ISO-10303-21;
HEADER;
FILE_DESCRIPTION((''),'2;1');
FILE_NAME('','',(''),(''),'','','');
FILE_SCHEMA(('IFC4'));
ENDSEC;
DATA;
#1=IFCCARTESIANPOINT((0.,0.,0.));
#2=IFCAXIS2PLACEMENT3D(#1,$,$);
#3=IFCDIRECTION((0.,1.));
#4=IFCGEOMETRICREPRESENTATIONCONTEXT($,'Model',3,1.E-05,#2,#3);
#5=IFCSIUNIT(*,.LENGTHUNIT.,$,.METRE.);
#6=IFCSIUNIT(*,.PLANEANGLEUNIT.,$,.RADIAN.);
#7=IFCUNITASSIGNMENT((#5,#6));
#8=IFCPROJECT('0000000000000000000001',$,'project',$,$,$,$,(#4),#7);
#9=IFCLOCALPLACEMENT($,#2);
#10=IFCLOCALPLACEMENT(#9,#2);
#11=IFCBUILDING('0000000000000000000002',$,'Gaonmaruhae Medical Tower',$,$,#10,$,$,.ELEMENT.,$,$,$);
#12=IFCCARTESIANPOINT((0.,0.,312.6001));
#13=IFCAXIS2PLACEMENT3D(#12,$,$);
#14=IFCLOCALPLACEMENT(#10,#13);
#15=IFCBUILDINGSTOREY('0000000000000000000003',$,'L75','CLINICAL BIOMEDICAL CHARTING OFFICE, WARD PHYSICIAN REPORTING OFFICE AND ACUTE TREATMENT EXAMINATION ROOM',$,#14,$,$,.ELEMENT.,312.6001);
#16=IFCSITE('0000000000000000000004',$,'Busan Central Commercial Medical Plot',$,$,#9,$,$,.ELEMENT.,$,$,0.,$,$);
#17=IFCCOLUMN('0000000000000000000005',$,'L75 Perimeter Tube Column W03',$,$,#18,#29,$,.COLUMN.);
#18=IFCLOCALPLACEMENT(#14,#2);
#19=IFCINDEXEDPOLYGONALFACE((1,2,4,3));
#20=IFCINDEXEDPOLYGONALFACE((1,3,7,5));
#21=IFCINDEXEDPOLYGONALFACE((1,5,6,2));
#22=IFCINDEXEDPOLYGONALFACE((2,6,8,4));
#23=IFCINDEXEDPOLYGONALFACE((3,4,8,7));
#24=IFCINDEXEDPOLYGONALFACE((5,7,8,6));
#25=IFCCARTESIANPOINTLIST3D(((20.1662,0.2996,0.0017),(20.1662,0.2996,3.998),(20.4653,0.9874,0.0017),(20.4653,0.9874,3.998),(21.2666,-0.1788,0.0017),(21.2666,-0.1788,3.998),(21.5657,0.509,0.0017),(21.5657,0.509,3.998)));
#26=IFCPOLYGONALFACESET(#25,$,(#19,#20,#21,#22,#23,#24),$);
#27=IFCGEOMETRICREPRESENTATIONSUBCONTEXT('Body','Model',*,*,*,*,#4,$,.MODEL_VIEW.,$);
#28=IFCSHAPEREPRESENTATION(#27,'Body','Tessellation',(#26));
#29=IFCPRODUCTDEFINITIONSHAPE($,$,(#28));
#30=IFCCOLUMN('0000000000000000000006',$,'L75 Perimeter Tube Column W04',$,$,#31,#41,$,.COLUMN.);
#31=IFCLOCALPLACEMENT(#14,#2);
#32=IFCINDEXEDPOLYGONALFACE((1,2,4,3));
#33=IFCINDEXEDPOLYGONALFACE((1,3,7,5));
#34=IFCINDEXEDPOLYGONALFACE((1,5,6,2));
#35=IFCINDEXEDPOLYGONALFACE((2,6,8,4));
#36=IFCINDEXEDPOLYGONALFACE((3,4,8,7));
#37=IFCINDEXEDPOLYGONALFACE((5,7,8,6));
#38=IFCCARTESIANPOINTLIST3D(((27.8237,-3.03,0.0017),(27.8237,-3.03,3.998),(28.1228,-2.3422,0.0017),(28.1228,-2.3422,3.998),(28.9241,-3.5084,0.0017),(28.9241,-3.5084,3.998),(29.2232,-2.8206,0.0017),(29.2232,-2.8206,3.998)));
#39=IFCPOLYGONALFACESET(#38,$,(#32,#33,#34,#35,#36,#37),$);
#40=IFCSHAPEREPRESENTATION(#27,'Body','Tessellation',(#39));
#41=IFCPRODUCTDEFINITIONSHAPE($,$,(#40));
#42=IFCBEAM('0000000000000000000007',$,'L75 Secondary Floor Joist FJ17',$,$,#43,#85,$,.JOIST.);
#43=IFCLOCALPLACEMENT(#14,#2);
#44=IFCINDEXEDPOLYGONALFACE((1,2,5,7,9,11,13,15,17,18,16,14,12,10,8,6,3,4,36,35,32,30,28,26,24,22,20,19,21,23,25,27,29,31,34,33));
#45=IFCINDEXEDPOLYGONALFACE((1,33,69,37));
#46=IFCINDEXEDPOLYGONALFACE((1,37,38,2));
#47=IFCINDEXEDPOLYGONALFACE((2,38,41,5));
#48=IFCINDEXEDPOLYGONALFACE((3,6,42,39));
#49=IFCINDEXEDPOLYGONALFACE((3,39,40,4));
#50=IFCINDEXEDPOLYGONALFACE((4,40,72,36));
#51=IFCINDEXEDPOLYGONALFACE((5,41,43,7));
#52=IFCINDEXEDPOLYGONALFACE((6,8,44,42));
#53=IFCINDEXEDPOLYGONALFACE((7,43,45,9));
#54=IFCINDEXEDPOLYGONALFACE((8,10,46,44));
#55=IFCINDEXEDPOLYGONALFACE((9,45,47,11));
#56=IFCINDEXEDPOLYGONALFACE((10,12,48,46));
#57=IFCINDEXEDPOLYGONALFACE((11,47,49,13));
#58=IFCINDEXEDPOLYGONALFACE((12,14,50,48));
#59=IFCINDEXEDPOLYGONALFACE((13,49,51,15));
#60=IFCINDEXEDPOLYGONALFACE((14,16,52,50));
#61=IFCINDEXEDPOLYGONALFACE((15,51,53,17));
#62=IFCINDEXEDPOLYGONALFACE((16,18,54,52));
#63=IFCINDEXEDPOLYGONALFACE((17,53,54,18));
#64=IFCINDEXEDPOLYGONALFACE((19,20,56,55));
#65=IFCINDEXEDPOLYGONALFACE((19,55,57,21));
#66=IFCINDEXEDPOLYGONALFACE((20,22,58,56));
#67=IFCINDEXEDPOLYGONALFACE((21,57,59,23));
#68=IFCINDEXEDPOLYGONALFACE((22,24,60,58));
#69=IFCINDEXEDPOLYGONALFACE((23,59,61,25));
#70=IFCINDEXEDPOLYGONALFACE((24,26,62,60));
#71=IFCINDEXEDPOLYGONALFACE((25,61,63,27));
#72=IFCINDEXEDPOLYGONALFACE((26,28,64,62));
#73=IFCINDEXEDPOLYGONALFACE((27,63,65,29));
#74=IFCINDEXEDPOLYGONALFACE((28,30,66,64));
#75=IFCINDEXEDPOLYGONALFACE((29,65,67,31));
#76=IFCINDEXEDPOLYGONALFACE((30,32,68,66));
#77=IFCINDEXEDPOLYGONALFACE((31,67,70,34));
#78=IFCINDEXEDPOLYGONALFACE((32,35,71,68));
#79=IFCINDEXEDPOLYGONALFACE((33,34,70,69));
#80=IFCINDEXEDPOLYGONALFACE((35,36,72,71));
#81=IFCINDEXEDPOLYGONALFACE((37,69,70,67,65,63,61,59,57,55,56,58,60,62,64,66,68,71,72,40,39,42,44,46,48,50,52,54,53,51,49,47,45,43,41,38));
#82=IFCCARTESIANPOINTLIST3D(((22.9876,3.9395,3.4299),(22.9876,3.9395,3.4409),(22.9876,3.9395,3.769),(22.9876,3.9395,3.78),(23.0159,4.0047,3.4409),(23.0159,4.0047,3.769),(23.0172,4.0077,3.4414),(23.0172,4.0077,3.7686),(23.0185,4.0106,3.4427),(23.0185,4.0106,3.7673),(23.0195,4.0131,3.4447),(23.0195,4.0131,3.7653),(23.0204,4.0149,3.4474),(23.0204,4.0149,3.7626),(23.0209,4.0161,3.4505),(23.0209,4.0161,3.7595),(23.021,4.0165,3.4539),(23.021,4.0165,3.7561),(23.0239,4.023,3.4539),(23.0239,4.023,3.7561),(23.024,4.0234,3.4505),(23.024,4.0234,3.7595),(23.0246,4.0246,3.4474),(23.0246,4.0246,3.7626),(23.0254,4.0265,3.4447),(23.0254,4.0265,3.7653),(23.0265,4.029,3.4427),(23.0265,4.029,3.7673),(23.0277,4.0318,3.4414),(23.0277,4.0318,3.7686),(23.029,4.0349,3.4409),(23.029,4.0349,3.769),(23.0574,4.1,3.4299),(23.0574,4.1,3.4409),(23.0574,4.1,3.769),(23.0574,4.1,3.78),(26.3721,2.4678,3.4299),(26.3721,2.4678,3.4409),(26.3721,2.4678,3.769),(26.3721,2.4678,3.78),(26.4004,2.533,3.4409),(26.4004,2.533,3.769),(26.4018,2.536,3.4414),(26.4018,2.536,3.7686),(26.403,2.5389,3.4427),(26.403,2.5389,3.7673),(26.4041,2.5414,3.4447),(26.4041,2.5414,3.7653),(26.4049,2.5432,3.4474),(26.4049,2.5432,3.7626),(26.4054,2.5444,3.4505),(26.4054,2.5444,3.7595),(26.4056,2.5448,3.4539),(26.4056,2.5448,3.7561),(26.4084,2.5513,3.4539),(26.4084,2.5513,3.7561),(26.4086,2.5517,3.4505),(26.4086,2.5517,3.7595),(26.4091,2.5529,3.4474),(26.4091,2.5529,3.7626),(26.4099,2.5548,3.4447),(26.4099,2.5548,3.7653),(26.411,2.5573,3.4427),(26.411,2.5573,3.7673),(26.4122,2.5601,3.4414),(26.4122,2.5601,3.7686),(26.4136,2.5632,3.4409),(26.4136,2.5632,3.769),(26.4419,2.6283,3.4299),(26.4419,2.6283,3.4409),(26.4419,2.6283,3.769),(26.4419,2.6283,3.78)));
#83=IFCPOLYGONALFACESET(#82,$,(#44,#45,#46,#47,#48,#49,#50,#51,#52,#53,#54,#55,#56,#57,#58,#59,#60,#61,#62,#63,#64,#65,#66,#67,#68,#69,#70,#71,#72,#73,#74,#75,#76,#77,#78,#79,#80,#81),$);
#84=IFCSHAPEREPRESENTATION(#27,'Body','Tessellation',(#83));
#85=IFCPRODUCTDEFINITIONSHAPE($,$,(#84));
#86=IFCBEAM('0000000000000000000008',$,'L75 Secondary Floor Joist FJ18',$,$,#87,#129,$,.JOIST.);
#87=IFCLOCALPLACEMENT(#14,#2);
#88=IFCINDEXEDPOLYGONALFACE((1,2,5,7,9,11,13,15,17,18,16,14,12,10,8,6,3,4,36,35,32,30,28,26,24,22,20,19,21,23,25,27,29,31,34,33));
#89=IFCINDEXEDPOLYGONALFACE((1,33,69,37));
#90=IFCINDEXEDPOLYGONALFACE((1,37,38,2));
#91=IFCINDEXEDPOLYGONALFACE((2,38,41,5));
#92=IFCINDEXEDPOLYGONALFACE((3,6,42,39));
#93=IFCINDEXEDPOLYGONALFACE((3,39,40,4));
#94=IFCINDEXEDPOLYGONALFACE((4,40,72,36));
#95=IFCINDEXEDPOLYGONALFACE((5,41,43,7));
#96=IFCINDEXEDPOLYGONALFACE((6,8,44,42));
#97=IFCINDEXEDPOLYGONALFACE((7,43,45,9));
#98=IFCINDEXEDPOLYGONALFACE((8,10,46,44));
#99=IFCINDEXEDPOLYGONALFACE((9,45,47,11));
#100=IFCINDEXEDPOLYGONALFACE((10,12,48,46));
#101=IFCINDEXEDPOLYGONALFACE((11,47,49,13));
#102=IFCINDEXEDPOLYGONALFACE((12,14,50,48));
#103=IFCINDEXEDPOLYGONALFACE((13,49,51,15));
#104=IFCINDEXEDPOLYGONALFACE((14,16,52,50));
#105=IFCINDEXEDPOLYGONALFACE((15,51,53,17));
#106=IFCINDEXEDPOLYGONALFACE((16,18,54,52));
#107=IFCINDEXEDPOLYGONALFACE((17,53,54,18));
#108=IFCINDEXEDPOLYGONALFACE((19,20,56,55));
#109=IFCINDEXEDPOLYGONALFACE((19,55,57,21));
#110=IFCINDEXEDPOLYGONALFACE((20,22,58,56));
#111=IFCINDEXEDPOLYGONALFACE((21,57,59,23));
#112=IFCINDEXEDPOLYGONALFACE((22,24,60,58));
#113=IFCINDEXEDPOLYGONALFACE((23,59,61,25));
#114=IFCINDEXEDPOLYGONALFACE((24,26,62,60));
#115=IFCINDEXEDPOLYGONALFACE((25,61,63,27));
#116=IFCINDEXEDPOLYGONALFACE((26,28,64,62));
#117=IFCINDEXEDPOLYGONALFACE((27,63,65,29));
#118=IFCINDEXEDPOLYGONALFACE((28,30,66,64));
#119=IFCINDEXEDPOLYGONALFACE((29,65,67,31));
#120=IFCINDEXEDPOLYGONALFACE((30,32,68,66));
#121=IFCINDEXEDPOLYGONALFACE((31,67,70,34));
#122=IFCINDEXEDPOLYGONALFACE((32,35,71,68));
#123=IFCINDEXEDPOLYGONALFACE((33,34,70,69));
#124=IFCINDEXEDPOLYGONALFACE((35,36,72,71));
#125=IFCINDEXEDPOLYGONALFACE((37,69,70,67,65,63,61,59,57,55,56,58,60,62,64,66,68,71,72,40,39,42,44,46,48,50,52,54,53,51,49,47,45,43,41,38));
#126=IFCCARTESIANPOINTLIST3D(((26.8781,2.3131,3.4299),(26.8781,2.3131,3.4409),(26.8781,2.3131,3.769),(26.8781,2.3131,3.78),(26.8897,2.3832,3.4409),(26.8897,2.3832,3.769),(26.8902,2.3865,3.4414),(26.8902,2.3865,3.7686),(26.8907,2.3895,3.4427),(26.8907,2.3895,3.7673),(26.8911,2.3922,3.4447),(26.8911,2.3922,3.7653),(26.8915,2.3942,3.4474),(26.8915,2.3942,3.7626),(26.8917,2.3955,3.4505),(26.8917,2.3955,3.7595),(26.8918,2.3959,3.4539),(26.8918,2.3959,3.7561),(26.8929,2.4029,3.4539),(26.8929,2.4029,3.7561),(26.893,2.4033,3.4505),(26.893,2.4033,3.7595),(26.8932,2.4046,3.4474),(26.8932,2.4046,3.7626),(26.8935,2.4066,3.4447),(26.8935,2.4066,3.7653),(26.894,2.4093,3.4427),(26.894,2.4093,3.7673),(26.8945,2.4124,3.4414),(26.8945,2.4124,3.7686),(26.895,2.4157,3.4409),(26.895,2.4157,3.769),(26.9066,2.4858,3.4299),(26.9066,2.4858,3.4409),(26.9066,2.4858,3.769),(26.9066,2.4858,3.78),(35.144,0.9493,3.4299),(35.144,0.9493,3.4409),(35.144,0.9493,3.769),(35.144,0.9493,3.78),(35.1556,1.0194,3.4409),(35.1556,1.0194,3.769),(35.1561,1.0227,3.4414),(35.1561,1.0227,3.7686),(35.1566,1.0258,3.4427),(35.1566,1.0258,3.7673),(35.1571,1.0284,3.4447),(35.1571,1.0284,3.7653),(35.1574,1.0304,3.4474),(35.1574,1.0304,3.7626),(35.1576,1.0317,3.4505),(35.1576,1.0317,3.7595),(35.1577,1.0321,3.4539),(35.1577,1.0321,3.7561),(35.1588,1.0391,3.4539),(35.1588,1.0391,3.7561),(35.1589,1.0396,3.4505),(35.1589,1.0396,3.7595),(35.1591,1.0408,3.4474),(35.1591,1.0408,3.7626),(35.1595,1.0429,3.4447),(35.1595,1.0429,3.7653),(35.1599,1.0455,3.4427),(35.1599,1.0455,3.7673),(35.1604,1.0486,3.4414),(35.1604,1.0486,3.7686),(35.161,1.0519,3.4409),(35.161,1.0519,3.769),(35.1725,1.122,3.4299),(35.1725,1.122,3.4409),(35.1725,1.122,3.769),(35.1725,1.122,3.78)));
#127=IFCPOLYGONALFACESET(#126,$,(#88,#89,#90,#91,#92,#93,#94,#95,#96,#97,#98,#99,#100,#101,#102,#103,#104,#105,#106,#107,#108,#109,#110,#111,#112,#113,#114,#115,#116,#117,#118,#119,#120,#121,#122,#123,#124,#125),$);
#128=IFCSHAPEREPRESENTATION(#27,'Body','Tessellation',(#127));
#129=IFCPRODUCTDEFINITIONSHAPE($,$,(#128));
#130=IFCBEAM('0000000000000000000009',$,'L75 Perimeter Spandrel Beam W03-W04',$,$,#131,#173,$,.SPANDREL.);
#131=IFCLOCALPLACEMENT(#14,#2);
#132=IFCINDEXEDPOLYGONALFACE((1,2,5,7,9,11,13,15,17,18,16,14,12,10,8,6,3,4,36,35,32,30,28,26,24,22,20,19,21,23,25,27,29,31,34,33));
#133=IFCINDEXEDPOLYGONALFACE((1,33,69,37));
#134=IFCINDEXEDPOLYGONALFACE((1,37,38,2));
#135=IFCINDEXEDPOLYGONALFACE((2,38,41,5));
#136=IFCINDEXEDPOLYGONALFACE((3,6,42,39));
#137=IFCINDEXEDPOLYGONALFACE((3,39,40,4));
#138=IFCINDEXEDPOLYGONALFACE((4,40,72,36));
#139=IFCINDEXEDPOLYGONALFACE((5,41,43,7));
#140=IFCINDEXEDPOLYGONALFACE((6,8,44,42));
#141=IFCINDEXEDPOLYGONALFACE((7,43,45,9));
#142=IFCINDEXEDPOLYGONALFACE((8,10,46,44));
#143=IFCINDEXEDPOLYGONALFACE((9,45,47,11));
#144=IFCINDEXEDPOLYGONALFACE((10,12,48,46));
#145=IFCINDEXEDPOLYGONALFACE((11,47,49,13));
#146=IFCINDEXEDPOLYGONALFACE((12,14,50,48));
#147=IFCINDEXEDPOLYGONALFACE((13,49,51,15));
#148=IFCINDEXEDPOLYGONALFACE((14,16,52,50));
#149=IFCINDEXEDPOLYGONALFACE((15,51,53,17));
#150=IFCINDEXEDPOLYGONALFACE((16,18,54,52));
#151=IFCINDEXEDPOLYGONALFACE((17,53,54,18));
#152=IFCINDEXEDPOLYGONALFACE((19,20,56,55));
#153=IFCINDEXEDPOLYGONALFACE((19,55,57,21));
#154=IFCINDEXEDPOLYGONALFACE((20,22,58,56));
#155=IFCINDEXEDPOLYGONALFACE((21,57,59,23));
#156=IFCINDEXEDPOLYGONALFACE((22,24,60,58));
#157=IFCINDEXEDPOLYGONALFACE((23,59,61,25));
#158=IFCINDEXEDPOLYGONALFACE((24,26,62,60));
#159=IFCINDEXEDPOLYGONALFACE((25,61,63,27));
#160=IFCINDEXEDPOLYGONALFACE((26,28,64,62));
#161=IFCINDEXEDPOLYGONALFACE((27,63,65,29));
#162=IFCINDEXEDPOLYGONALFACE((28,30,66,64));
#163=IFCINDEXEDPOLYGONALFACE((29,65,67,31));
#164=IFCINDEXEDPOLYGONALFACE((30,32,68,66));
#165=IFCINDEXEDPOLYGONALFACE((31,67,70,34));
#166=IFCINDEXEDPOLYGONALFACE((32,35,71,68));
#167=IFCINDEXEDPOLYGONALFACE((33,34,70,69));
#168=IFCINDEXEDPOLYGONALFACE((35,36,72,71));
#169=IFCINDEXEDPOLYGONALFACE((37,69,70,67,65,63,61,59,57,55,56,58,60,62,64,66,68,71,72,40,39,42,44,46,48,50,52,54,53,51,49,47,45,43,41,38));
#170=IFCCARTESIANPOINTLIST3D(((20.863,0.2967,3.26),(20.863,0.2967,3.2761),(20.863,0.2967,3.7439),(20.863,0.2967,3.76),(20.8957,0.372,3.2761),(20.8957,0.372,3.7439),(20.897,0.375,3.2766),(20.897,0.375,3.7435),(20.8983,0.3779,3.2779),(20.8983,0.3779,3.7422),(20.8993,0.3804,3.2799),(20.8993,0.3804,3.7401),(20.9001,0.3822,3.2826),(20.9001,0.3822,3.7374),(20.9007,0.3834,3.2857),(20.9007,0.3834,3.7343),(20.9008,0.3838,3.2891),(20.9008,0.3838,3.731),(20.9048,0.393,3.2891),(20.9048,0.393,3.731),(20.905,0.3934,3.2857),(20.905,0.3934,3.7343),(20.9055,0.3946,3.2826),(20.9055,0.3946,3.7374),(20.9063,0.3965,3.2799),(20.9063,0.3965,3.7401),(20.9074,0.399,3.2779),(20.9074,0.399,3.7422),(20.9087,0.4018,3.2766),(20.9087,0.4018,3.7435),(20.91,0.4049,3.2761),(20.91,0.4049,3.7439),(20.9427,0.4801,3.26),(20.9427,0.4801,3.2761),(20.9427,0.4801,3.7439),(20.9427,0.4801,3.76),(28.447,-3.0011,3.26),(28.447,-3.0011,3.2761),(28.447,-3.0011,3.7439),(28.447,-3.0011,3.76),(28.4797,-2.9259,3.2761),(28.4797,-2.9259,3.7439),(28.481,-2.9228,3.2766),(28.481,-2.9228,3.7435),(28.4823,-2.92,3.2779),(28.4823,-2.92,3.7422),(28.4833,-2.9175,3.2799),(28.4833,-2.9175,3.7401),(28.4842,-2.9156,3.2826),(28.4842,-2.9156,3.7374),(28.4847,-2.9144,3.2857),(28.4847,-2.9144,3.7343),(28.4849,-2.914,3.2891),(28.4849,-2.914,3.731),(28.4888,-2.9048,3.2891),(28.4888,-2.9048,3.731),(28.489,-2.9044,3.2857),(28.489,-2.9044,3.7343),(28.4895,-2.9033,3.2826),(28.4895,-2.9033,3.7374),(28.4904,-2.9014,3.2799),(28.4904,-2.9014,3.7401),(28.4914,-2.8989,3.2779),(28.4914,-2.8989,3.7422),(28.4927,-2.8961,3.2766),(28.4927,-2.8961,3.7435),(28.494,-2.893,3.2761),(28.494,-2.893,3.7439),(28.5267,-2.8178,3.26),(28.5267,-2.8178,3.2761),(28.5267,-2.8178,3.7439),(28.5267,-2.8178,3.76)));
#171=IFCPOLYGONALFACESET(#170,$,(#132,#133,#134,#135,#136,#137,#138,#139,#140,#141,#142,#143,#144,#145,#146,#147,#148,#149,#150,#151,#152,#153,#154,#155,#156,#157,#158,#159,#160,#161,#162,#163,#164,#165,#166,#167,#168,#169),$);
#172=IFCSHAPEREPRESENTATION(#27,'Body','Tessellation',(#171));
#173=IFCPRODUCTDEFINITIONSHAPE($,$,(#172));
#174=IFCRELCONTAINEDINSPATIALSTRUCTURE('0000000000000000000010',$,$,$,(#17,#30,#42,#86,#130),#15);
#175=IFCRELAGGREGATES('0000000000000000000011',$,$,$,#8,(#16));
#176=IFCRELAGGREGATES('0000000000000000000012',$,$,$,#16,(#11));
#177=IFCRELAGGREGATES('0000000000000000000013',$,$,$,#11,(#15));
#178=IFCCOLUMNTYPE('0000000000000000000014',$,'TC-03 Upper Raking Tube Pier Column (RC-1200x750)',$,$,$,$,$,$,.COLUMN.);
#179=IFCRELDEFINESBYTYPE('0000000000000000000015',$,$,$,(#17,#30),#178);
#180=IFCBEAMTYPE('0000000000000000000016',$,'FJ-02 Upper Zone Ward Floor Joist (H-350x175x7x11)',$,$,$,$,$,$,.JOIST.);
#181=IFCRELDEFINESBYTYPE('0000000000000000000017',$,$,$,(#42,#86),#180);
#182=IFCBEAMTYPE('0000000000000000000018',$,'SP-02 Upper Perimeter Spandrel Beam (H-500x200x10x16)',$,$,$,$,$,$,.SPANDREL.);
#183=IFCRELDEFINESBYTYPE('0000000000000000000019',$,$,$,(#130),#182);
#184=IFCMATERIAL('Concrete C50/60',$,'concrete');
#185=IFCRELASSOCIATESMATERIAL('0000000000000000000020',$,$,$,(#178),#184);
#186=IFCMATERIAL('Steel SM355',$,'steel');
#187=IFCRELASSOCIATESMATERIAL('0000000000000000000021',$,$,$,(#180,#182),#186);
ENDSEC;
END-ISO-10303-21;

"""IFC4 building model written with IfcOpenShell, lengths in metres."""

from ifc_helpers import new_model, si_unit, direction, frame, origin, origin_2d, place, context, subcontext, project, spatial, rectangle, i_section, extrude, material, material_profile, profile_set, type_object, element, save


model = new_model("IFC4")

# Units and contexts
model_context = context("Model", 3, precision=1e-05, world=origin(), true_north=direction((0.0, 1.0)))
body_context = subcontext(model_context, "Body", "Model", "MODEL_VIEW")
ifc_project = project(units=[si_unit("LENGTHUNIT", "METRE"), si_unit("PLANEANGLEUNIT", "RADIAN")], contexts=[model_context])

# Site, building, storey
site_placement = place(None, origin())
site = spatial("IfcSite", under=ifc_project, at=site_placement, Name="Busan Central Commercial Medical Plot", CompositionType="ELEMENT", RefElevation=0.0)
building_placement = place(site_placement, origin())
building = spatial("IfcBuilding", under=site, at=building_placement, Name="Gaonmaruhae Medical Tower", CompositionType="ELEMENT")
storey_placement = place(building_placement, frame((0.0, 0.0, 312.6001)))
storey = spatial("IfcBuildingStorey", under=building, at=storey_placement, Name="L75", Description="CLINICAL BIOMEDICAL CHARTING OFFICE, WARD PHYSICIAN REPORTING OFFICE AND ACUTE TREATMENT EXAMINATION ROOM", CompositionType="ELEMENT", Elevation=312.6001)

# Columns
ifc_material_1 = material(Name="Concrete C50/60", Category="concrete")
ifc_material_profile_1 = material_profile(ifc_material_1, rectangle(XDim=1.2, YDim=0.75, at=origin_2d()), Name="RC-1200x750")
ifc_profile_set_1 = profile_set([ifc_material_profile_1], Name="Concrete C50/60")
column_type = type_object("IfcColumnType", Name="TC-03 Upper Raking Tube Pier Column (RC-1200x750)", PredefinedType="COLUMN", material=ifc_profile_set_1)
for number, where, z_axis, x_axis, name in (
    (1, (20.866, 0.4043, 0.0017), (0.0, 0.0, 1.0), (-0.91706, 0.398749, 0.0), "L75 Perimeter Tube Column W03"),
    (2, (28.5234, -2.9253, 0.0017), (0.0, 0.0, 1.0), (-0.91706, 0.398749, 0.0), "L75 Perimeter Tube Column W04"),
):
    element("IfcColumn", number, at=place(storey_placement, frame(where, z_axis=z_axis, x_axis=x_axis)), inside=storey, type_object=column_type, Name=name, PredefinedType="COLUMN", context=body_context, shape_type="SweptSolid", body=[
        extrude(rectangle(XDim=1.2, YDim=0.75, at=origin_2d()), origin(), (0.0, 0.0, 1.0), 3.9963),
    ])

# Beams
ifc_material_2 = material(Name="Steel SM355", Category="steel")
ifc_material_profile_2 = material_profile(ifc_material_2, i_section(OverallWidth=0.175, OverallDepth=0.3501, WebThickness=0.0071, FlangeThickness=0.011, FilletRadius=0.0129, at=origin_2d()), Name="H-350x175x7x11")
ifc_profile_set_2 = profile_set([ifc_material_profile_2], Name="Steel SM355")
beam_type_1 = type_object("IfcBeamType", Name="FJ-02 Upper Zone Ward Floor Joist (H-350x175x7x11)", PredefinedType="JOIST", material=ifc_profile_set_2)
beam_1_placement = place(storey_placement, frame((23.0225, 4.0198, 3.605), z_axis=(0.917055, -0.39876, 0.0), x_axis=(0.39876, 0.917055, 0.0)))
element("IfcBeam", 3, at=beam_1_placement, inside=storey, type_object=beam_type_1, Name="L75 Secondary Floor Joist FJ17", PredefinedType="JOIST", context=body_context, shape_type="SweptSolid", body=[
    extrude(i_section(OverallWidth=0.175, OverallDepth=0.3501, WebThickness=0.0071, FlangeThickness=0.011, FilletRadius=0.0129, at=origin_2d()), origin(), (0.0, 0.0, 1.0), 3.6907),
])
beam_2_placement = place(storey_placement, frame((26.8923, 2.3994, 3.605), z_axis=(0.986661, -0.162787, 0.0), x_axis=(0.162787, 0.986661, 0.0)))
element("IfcBeam", 4, at=beam_2_placement, inside=storey, type_object=beam_type_1, Name="L75 Secondary Floor Joist FJ18", PredefinedType="JOIST", context=body_context, shape_type="SweptSolid", body=[
    extrude(i_section(OverallWidth=0.175, OverallDepth=0.3501, WebThickness=0.0071, FlangeThickness=0.011, FilletRadius=0.0129, at=origin_2d()), origin(), (0.0, 0.0, 1.0), 8.3777),
])
ifc_material_profile_3 = material_profile(ifc_material_2, i_section(OverallWidth=0.2, OverallDepth=0.5, WebThickness=0.01, FlangeThickness=0.0161, FilletRadius=0.0129, at=origin_2d()), Name="H-500x200x10x16")
ifc_profile_set_3 = profile_set([ifc_material_profile_3], Name="Steel SM355")
beam_type_2 = type_object("IfcBeamType", Name="SP-02 Upper Perimeter Spandrel Beam (H-500x200x10x16)", PredefinedType="SPANDREL", material=ifc_profile_set_3)
beam_3_placement = place(storey_placement, frame((20.9028, 0.3884, 3.51), z_axis=(0.917049, -0.398774, 0.0), x_axis=(0.398774, 0.917049, 0.0)))
element("IfcBeam", 5, at=beam_3_placement, inside=storey, type_object=beam_type_2, Name="L75 Perimeter Spandrel Beam W03-W04", PredefinedType="SPANDREL", context=body_context, shape_type="SweptSolid", body=[
    extrude(i_section(OverallWidth=0.2, OverallDepth=0.5, WebThickness=0.01, FlangeThickness=0.0161, FilletRadius=0.0129, at=origin_2d()), origin(), (0.0, 0.0, 1.0), 8.27),
])

save(model, "model.ifc")
